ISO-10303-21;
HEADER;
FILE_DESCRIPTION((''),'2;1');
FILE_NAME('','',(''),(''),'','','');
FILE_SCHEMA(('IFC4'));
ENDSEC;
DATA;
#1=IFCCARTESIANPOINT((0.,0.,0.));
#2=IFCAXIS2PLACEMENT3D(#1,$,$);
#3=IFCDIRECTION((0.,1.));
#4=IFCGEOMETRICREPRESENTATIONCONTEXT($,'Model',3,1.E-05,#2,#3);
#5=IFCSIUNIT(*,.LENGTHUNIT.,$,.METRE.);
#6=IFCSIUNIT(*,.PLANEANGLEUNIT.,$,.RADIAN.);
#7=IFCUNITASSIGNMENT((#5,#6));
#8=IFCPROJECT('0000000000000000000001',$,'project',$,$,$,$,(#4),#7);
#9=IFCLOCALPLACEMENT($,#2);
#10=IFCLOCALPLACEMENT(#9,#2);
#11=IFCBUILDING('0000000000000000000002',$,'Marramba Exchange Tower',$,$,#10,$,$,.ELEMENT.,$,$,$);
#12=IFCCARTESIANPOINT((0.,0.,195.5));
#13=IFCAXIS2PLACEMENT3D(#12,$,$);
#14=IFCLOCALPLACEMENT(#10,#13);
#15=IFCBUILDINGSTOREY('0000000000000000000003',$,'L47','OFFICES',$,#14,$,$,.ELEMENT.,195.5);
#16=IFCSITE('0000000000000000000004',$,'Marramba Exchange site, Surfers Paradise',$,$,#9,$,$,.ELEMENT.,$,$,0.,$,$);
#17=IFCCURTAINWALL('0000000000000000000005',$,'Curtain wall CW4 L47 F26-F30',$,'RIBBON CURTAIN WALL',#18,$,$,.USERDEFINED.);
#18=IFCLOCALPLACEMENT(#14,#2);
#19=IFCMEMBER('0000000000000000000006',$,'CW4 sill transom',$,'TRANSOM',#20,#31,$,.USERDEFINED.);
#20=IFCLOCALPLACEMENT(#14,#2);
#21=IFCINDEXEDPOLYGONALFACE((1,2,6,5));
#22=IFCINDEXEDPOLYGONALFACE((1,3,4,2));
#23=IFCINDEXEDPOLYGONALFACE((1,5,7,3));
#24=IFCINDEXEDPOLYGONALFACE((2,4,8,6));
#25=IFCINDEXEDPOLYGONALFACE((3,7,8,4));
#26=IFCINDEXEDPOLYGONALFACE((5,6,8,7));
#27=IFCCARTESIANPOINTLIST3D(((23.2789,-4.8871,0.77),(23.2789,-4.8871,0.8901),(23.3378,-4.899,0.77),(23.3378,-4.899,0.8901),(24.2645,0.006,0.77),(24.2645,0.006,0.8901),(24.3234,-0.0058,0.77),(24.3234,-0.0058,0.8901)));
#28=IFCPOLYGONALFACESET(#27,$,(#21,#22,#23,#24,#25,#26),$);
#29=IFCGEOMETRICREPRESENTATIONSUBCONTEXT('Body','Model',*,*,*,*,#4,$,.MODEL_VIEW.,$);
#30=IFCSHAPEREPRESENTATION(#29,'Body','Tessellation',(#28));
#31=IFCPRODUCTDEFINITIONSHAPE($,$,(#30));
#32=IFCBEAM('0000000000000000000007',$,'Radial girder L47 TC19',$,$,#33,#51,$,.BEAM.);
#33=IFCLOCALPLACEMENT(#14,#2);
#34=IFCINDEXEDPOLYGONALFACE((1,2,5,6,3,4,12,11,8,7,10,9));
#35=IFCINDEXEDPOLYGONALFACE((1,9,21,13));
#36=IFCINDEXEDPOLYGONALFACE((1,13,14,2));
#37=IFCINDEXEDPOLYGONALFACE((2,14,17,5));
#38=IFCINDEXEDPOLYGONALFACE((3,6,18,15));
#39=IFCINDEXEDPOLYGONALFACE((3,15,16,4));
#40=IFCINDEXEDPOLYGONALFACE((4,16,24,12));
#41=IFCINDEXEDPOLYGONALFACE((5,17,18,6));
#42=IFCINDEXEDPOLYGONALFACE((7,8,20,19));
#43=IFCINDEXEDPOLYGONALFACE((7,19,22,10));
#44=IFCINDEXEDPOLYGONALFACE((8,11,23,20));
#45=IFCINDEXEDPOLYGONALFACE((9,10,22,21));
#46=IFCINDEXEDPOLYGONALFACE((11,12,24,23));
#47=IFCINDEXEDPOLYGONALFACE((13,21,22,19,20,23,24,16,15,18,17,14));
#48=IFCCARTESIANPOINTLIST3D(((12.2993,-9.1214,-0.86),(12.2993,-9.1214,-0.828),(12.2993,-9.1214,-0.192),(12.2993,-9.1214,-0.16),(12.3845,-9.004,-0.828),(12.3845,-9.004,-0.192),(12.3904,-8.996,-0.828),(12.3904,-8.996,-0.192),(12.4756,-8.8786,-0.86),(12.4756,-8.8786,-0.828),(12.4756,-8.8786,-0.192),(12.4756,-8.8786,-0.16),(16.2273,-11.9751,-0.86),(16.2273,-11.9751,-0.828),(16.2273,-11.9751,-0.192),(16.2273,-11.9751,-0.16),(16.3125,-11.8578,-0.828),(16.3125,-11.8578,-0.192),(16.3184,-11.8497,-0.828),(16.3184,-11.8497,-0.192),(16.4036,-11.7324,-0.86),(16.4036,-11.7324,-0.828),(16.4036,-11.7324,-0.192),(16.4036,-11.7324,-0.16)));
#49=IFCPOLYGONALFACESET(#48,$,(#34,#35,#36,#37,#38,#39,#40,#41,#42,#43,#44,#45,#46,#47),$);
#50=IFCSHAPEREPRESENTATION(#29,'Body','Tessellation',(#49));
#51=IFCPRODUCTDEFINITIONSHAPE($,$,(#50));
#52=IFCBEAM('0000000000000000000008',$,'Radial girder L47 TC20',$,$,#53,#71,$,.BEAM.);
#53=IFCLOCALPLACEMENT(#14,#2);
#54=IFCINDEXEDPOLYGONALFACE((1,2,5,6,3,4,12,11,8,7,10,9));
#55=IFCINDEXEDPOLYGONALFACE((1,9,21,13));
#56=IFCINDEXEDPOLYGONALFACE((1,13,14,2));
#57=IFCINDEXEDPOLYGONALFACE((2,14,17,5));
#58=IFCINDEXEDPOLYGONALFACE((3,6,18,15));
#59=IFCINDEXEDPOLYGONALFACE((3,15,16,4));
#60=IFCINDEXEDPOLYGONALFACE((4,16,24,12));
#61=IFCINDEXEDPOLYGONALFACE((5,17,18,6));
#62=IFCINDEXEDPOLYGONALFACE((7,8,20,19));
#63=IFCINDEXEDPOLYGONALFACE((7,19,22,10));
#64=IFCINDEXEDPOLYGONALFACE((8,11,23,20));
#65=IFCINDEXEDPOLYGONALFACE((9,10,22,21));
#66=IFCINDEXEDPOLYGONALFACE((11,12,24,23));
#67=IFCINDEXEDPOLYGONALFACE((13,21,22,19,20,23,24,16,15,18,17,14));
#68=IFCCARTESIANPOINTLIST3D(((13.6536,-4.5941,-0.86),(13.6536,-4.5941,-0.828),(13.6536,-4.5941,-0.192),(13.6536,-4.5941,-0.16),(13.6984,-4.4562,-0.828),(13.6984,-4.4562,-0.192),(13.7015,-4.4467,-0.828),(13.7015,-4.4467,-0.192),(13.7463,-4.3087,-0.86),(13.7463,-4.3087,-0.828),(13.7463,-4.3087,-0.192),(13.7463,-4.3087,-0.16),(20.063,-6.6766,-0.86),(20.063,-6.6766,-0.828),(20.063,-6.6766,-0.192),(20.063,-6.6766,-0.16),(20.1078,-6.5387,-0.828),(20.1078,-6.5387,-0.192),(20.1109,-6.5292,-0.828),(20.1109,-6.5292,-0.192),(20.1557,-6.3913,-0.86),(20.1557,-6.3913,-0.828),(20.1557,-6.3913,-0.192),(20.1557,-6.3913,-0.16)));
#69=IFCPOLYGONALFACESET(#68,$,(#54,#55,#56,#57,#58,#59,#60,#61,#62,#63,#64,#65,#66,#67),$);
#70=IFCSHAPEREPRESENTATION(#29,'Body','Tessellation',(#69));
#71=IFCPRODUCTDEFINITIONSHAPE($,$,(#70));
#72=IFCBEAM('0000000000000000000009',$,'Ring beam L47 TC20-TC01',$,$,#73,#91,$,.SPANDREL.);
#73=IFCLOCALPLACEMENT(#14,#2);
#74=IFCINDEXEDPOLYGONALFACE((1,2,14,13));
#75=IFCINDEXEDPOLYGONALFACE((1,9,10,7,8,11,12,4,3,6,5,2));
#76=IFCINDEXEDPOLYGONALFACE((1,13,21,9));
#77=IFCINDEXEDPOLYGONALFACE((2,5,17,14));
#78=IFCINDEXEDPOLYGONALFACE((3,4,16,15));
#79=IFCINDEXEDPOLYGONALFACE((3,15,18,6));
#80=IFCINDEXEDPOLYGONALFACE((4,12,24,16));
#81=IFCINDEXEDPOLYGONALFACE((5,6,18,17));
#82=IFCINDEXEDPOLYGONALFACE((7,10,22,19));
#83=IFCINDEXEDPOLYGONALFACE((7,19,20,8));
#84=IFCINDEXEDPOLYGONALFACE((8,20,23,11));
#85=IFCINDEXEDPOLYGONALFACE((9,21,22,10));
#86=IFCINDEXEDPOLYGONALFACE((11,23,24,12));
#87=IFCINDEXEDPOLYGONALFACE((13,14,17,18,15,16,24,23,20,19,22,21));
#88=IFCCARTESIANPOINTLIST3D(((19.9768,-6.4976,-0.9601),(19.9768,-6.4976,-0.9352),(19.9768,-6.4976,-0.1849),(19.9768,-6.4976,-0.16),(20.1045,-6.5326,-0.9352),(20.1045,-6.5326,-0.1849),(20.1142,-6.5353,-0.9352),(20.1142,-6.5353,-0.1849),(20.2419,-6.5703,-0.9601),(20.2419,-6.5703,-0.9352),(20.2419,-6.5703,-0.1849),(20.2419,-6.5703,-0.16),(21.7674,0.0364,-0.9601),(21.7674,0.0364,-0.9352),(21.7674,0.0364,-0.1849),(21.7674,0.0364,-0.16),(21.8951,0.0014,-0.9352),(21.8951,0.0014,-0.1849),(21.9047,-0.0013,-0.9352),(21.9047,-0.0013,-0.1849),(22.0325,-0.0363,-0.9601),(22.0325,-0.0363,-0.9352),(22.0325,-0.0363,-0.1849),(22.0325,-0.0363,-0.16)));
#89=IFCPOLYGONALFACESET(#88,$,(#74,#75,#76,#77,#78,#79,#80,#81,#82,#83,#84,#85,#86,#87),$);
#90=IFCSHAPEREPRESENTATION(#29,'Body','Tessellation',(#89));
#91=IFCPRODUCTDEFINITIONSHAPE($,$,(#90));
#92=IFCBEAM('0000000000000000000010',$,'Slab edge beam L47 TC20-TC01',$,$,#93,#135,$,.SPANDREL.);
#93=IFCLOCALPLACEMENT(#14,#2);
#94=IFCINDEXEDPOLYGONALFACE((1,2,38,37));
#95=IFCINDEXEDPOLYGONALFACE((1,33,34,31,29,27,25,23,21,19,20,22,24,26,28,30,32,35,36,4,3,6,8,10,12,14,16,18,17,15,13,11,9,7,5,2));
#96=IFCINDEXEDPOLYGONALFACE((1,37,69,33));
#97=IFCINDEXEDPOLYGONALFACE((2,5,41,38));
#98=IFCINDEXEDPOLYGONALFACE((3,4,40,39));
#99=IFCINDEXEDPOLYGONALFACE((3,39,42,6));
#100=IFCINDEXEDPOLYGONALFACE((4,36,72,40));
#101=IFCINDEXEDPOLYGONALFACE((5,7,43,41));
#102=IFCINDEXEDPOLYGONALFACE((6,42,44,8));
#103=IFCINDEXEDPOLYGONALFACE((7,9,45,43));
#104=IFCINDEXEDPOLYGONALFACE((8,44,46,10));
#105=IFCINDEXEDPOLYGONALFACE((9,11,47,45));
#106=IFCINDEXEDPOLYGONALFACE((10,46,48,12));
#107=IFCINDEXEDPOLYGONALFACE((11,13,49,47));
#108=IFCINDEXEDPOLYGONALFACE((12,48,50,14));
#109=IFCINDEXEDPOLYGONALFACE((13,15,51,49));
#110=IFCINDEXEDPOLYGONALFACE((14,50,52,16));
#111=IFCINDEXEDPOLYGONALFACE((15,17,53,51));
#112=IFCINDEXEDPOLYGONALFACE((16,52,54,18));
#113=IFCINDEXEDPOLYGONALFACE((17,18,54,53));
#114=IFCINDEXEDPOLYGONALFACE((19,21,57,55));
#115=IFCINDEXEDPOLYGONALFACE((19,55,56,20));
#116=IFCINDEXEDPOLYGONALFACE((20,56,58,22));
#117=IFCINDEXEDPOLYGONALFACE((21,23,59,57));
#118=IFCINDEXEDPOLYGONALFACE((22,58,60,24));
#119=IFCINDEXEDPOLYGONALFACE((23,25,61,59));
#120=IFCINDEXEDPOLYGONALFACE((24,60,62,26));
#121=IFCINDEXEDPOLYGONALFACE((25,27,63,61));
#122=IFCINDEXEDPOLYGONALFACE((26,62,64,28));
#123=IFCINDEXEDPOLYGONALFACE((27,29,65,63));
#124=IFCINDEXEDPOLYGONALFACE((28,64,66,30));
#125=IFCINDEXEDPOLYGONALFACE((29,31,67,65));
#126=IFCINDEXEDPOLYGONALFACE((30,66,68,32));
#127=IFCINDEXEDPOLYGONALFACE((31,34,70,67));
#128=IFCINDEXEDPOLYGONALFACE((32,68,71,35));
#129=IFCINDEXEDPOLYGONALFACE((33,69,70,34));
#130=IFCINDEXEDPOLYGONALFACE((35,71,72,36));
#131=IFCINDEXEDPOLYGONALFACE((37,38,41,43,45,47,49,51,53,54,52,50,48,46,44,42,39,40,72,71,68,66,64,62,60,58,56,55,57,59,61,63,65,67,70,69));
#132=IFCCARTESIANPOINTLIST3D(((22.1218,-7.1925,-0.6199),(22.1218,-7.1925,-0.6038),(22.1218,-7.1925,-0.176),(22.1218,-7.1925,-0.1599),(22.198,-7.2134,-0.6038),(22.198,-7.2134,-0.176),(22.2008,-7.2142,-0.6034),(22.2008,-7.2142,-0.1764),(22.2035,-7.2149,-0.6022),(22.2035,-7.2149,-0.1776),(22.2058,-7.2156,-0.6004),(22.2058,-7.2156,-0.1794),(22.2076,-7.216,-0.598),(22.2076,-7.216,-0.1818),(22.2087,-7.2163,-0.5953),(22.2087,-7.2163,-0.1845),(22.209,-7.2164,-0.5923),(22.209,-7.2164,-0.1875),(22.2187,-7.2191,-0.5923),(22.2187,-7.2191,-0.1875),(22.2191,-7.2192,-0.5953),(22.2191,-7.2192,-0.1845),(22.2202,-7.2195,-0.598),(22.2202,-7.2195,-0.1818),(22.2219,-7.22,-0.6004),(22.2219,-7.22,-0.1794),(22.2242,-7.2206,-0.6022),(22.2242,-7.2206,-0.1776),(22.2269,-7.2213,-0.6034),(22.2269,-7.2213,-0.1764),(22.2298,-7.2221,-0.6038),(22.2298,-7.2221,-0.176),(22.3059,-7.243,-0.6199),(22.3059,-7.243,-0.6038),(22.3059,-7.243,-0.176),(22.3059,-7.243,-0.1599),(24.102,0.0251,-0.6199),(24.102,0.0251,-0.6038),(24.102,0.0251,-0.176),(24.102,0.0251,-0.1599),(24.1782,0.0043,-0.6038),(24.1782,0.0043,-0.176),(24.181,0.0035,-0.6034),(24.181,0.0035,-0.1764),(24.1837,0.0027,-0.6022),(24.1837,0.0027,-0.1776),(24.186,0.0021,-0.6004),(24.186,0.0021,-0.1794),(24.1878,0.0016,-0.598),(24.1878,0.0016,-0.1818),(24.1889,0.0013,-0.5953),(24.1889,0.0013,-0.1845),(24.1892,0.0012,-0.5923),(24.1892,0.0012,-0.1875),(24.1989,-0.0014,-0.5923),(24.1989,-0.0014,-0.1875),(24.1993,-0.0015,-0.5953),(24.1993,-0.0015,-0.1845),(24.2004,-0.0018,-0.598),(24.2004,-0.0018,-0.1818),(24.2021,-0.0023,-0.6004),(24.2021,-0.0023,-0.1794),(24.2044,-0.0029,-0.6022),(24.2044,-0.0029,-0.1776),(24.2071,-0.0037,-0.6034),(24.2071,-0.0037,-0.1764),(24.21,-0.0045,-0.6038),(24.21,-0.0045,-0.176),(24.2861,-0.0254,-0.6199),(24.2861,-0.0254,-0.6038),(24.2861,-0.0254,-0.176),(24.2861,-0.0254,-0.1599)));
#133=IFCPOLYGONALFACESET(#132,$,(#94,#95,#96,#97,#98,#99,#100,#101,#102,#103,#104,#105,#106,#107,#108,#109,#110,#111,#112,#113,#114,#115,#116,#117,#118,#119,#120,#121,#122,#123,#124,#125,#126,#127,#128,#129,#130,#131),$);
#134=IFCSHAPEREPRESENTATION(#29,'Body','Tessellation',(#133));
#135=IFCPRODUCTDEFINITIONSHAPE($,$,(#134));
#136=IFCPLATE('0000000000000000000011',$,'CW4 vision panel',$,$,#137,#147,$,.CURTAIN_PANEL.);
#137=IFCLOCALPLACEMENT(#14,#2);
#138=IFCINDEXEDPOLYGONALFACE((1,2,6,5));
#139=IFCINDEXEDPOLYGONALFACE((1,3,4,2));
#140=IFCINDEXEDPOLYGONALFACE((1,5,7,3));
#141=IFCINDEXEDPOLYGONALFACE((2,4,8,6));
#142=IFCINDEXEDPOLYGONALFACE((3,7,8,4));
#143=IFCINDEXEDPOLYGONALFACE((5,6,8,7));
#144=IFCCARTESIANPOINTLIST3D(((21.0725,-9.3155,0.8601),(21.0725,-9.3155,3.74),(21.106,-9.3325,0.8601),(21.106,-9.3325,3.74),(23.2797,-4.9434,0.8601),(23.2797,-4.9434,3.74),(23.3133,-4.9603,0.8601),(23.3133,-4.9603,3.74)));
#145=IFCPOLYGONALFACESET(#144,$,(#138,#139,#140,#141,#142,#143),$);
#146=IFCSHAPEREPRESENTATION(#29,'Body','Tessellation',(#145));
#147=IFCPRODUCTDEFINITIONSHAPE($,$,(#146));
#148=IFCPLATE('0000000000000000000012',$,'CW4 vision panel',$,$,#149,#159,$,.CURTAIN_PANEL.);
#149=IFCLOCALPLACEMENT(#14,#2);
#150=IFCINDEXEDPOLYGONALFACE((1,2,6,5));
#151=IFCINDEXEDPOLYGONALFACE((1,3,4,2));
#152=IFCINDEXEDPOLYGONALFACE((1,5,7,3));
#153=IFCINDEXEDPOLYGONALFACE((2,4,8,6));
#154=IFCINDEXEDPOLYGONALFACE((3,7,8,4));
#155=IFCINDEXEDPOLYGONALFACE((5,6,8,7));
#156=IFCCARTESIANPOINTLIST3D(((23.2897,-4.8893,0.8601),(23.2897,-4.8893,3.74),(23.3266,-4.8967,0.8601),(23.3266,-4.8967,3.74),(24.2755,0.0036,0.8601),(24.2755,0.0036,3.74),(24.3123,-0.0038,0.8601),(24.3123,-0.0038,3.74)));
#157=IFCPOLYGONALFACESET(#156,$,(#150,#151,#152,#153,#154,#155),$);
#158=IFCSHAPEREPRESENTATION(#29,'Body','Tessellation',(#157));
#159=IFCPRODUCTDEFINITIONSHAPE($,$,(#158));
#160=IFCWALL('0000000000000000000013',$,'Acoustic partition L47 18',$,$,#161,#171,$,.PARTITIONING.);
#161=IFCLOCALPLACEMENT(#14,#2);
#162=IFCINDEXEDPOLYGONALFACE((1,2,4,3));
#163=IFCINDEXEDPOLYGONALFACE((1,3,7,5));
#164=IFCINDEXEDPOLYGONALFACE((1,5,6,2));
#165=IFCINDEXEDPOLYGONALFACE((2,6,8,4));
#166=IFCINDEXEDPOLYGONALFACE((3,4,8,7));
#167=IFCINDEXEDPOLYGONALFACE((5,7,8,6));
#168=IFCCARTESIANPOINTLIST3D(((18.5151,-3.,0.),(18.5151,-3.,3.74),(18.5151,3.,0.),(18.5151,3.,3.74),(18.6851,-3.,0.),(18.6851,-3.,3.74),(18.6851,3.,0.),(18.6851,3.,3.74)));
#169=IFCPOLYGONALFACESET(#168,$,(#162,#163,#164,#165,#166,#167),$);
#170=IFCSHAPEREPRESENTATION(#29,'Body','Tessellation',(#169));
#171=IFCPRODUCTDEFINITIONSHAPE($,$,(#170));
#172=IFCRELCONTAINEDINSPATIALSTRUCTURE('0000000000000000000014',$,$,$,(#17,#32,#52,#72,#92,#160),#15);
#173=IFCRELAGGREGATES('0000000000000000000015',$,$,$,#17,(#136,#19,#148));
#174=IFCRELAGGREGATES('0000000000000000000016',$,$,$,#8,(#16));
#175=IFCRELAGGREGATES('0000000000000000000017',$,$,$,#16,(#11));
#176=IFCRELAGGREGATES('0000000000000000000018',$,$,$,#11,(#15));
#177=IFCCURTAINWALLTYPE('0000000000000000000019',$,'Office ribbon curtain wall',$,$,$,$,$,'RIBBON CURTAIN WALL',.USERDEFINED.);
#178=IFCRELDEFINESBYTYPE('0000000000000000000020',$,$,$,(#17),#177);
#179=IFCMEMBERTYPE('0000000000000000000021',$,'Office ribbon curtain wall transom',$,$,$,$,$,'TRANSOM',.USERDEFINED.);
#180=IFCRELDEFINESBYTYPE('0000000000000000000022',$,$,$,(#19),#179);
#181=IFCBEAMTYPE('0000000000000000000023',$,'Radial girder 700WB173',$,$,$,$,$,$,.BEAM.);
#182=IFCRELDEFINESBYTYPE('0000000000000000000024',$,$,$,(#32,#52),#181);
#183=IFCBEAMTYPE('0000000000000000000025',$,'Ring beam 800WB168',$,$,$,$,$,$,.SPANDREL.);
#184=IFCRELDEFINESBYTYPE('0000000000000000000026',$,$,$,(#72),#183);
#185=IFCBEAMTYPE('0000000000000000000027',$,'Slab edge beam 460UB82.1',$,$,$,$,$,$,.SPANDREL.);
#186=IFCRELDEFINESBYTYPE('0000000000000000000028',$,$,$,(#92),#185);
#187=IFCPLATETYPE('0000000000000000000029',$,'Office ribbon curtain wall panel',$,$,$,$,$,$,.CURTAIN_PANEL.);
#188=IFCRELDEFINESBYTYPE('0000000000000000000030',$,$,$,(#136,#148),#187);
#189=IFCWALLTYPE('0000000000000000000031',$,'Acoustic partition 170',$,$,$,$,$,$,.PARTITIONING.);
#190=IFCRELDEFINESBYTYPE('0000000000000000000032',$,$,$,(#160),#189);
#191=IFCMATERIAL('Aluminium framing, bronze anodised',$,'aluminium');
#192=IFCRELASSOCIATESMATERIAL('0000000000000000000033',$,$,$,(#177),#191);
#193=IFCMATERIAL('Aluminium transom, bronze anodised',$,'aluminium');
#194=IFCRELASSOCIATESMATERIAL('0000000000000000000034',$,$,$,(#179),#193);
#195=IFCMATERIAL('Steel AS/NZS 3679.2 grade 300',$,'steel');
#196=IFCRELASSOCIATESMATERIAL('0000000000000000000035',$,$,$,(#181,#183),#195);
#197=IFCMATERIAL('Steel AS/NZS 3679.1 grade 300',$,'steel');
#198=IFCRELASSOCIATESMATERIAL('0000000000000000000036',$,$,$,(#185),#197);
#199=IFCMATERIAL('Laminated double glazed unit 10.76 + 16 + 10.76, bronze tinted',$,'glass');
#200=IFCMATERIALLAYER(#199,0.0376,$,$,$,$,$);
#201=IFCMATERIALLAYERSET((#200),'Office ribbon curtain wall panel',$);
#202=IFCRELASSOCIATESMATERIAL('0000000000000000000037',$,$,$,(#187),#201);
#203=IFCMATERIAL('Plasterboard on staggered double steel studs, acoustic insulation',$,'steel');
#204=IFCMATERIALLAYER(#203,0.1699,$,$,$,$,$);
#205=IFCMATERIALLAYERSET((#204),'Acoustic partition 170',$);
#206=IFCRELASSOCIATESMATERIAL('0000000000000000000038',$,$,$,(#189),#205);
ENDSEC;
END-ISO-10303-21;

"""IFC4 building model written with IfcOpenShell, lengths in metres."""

from ifc_helpers import new_model, si_unit, direction, frame, frame_2d, origin, origin_2d, place, context, subcontext, project, spatial, rectangle, i_section, extrude, material, layer, layer_set, material_profile, profile_set, type_object, element, aggregate, save


model = new_model("IFC4")

# Units and contexts
model_context = context("Model", 3, precision=1e-05, world=origin(), true_north=direction((0.0, 1.0)))
body_context = subcontext(model_context, "Body", "Model", "MODEL_VIEW")
ifc_project = project(units=[si_unit("LENGTHUNIT", "METRE"), si_unit("PLANEANGLEUNIT", "RADIAN")], contexts=[model_context])

# Site, building, storey
site_placement = place(None, origin())
site = spatial("IfcSite", under=ifc_project, at=site_placement, Name="Marramba Exchange site, Surfers Paradise", CompositionType="ELEMENT", RefElevation=0.0)
building_placement = place(site_placement, origin())
building = spatial("IfcBuilding", under=site, at=building_placement, Name="Marramba Exchange Tower", CompositionType="ELEMENT")
storey_placement = place(building_placement, frame((0.0, 0.0, 195.5)))
storey = spatial("IfcBuildingStorey", under=building, at=storey_placement, Name="L47", Description="OFFICES", CompositionType="ELEMENT", Elevation=195.5)

# Shared definitions
ifc_material_1 = material(Name="Steel AS/NZS 3679.2 grade 300", Category="steel")
ifc_material_2 = material(Name="Steel AS/NZS 3679.1 grade 300", Category="steel")

# Curtain wall, member
ifc_material_3 = material(Name="Aluminium framing, bronze anodised", Category="aluminium")
curtain_wall_type = type_object("IfcCurtainWallType", Name="Office ribbon curtain wall", ElementType="RIBBON CURTAIN WALL", PredefinedType="USERDEFINED", material=ifc_material_3)
curtain_wall_placement = place(storey_placement, origin())
curtain_wall = element("IfcCurtainWall", 1, at=curtain_wall_placement, inside=storey, type_object=curtain_wall_type, Name="Curtain wall CW4 L47 F26-F30", ObjectType="RIBBON CURTAIN WALL", PredefinedType="USERDEFINED")
ifc_material_4 = material(Name="Aluminium transom, bronze anodised", Category="aluminium")
ifc_material_profile_1 = material_profile(ifc_material_4, rectangle(XDim=0.0601, YDim=0.1201, at=origin_2d()), Name="CW4 transom 60x120")
ifc_profile_set_1 = profile_set([ifc_material_profile_1], Name="Aluminium transom, bronze anodised")
member_type_1 = type_object("IfcMemberType", Name="Office ribbon curtain wall transom", ElementType="TRANSOM", PredefinedType="USERDEFINED", material=ifc_profile_set_1)
member_1_placement = place(storey_placement, frame((23.3083, -4.8931, 0.8301), z_axis=(0.197461, 0.980311, 0.0), x_axis=(-0.980311, 0.197461, 0.0)))
member_1 = element("IfcMember", 2, at=member_1_placement, type_object=member_type_1, Name="CW4 sill transom", ObjectType="TRANSOM", PredefinedType="USERDEFINED", context=body_context, shape_type="SweptSolid", body=[
    extrude(rectangle(XDim=0.0601, YDim=0.1201, at=origin_2d()), origin(), (0.0, 0.0, 1.0), 4.9915),
])

# Beams
ifc_material_profile_2 = material_profile(ifc_material_1, i_section(OverallWidth=0.3, OverallDepth=0.7, WebThickness=0.01, FlangeThickness=0.032, at=origin_2d()), Name="700WB173")
ifc_profile_set_2 = profile_set([ifc_material_profile_2], Name="Steel AS/NZS 3679.2 grade 300")
beam_type_1 = type_object("IfcBeamType", Name="Radial girder 700WB173", PredefinedType="BEAM", material=ifc_profile_set_2)
beam_1_placement = place(storey_placement, frame((12.3875, -9.0, -0.51), z_axis=(0.809025, -0.587774, 0.0), x_axis=(0.587774, 0.809025, 0.0)))
element("IfcBeam", 3, at=beam_1_placement, inside=storey, type_object=beam_type_1, Name="Radial girder L47 TC19", PredefinedType="BEAM", context=body_context, shape_type="SweptSolid", body=[
    extrude(i_section(OverallWidth=0.3, OverallDepth=0.7, WebThickness=0.01, FlangeThickness=0.032, at=origin_2d()), origin(), (0.0, 0.0, 1.0), 4.8552),
])
beam_2_placement = place(storey_placement, frame((13.7, -4.4514, -0.51), z_axis=(0.951058, -0.309013, 0.0), x_axis=(0.309013, 0.951058, 0.0)))
element("IfcBeam", 4, at=beam_2_placement, inside=storey, type_object=beam_type_1, Name="Radial girder L47 TC20", PredefinedType="BEAM", context=body_context, shape_type="SweptSolid", body=[
    extrude(i_section(OverallWidth=0.3, OverallDepth=0.7, WebThickness=0.01, FlangeThickness=0.032, at=origin_2d()), origin(), (0.0, 0.0, 1.0), 6.7393),
])
ifc_material_profile_3 = material_profile(ifc_material_1, i_section(OverallWidth=0.2749, OverallDepth=0.8, WebThickness=0.01, FlangeThickness=0.0249, at=origin_2d()), Name="800WB168")
ifc_profile_set_3 = profile_set([ifc_material_profile_3], Name="Steel AS/NZS 3679.2 grade 300")
beam_type_2 = type_object("IfcBeamType", Name="Ring beam 800WB168", PredefinedType="SPANDREL", material=ifc_profile_set_3)
beam_3_placement = place(storey_placement, frame((20.1094, -6.5339, -0.5601), z_axis=(0.264291, 0.964443, 0.0), x_axis=(-0.964443, 0.264291, 0.0)))
element("IfcBeam", 5, at=beam_3_placement, inside=storey, type_object=beam_type_2, Name="Ring beam L47 TC20-TC01", PredefinedType="SPANDREL", context=body_context, shape_type="SweptSolid", body=[
    extrude(i_section(OverallWidth=0.2749, OverallDepth=0.8, WebThickness=0.01, FlangeThickness=0.0249, at=origin_2d()), origin(), (0.0, 0.0, 1.0), 6.7749),
])
ifc_material_profile_4 = material_profile(ifc_material_2, i_section(OverallWidth=0.1909, OverallDepth=0.46, WebThickness=0.01, FlangeThickness=0.0161, FilletRadius=0.0115, at=origin_2d()), Name="460UB82.1")
ifc_profile_set_4 = profile_set([ifc_material_profile_4], Name="Steel AS/NZS 3679.1 grade 300")
beam_type_3 = type_object("IfcBeamType", Name="Slab edge beam 460UB82.1", PredefinedType="SPANDREL", material=ifc_profile_set_4)
beam_4_placement = place(storey_placement, frame((22.2139, -7.2178, -0.3899), z_axis=(0.264577, 0.964365, 0.0), x_axis=(-0.964365, 0.264577, 0.0)))
element("IfcBeam", 6, at=beam_4_placement, inside=storey, type_object=beam_type_3, Name="Slab edge beam L47 TC20-TC01", PredefinedType="SPANDREL", context=body_context, shape_type="SweptSolid", body=[
    extrude(i_section(OverallWidth=0.1909, OverallDepth=0.46, WebThickness=0.01, FlangeThickness=0.0161, FilletRadius=0.0115, at=origin_2d()), origin(), (0.0, 0.0, 1.0), 7.4844),
])

# Plates
ifc_material_5 = material(Name="Laminated double glazed unit 10.76 + 16 + 10.76, bronze tinted", Category="glass")
ifc_layer_1 = layer(ifc_material_5, 0.0376)
ifc_layer_set_1 = layer_set([ifc_layer_1], Name="Office ribbon curtain wall panel")
plate_type = type_object("IfcPlateType", Name="Office ribbon curtain wall panel", PredefinedType="CURTAIN_PANEL", material=ifc_layer_set_1)
plate_1_placement = place(storey_placement, frame((22.1929, -7.1379, 0.8601), z_axis=(0.0, 0.0, 1.0), x_axis=(0.450673, 0.892689, 0.0)))
plate_1 = element("IfcPlate", 7, at=plate_1_placement, type_object=plate_type, Name="CW4 vision panel", PredefinedType="CURTAIN_PANEL", context=body_context, shape_type="SweptSolid", body=[
    extrude(rectangle(XDim=4.8977, YDim=0.0376, at=origin_2d()), origin(), (0.0, 0.0, 1.0), 2.8799),
])
plate_2_placement = place(storey_placement, frame((23.801, -2.4465, 0.8601), z_axis=(0.0, 0.0, 1.0), x_axis=(0.197495, 0.980304, 0.0)))
plate_2 = element("IfcPlate", 8, at=plate_2_placement, type_object=plate_type, Name="CW4 vision panel", PredefinedType="CURTAIN_PANEL", context=body_context, shape_type="SweptSolid", body=[
    extrude(rectangle(XDim=4.9912, YDim=0.0376, at=origin_2d()), origin(), (0.0, 0.0, 1.0), 2.8799),
])
aggregate(curtain_wall, [plate_1, member_1, plate_2])

# Shared definitions
ifc_material_6 = material(Name="Plasterboard on staggered double steel studs, acoustic insulation", Category="steel")
ifc_layer_2 = layer(ifc_material_6, 0.1699)
ifc_layer_set_2 = layer_set([ifc_layer_2], Name="Acoustic partition 170")
wall_type_1 = type_object("IfcWallType", Name="Acoustic partition 170", PredefinedType="PARTITIONING", material=ifc_layer_set_2)

# Wall
wall_1_placement = place(storey_placement, frame((18.6001, -3.0, 0.0), z_axis=(0.0, 0.0, 1.0), x_axis=(0.0, 1.0, 0.0)))
element("IfcWall", 9, at=wall_1_placement, inside=storey, type_object=wall_type_1, Name="Acoustic partition L47 18", PredefinedType="PARTITIONING", context=body_context, shape_type="SweptSolid", body=[
    extrude(rectangle(XDim=6.0, YDim=0.1699, at=frame_2d((3.0, 0.0))), origin(), (0.0, 0.0, 1.0), 3.74),
])

save(model, "model.ifc")
